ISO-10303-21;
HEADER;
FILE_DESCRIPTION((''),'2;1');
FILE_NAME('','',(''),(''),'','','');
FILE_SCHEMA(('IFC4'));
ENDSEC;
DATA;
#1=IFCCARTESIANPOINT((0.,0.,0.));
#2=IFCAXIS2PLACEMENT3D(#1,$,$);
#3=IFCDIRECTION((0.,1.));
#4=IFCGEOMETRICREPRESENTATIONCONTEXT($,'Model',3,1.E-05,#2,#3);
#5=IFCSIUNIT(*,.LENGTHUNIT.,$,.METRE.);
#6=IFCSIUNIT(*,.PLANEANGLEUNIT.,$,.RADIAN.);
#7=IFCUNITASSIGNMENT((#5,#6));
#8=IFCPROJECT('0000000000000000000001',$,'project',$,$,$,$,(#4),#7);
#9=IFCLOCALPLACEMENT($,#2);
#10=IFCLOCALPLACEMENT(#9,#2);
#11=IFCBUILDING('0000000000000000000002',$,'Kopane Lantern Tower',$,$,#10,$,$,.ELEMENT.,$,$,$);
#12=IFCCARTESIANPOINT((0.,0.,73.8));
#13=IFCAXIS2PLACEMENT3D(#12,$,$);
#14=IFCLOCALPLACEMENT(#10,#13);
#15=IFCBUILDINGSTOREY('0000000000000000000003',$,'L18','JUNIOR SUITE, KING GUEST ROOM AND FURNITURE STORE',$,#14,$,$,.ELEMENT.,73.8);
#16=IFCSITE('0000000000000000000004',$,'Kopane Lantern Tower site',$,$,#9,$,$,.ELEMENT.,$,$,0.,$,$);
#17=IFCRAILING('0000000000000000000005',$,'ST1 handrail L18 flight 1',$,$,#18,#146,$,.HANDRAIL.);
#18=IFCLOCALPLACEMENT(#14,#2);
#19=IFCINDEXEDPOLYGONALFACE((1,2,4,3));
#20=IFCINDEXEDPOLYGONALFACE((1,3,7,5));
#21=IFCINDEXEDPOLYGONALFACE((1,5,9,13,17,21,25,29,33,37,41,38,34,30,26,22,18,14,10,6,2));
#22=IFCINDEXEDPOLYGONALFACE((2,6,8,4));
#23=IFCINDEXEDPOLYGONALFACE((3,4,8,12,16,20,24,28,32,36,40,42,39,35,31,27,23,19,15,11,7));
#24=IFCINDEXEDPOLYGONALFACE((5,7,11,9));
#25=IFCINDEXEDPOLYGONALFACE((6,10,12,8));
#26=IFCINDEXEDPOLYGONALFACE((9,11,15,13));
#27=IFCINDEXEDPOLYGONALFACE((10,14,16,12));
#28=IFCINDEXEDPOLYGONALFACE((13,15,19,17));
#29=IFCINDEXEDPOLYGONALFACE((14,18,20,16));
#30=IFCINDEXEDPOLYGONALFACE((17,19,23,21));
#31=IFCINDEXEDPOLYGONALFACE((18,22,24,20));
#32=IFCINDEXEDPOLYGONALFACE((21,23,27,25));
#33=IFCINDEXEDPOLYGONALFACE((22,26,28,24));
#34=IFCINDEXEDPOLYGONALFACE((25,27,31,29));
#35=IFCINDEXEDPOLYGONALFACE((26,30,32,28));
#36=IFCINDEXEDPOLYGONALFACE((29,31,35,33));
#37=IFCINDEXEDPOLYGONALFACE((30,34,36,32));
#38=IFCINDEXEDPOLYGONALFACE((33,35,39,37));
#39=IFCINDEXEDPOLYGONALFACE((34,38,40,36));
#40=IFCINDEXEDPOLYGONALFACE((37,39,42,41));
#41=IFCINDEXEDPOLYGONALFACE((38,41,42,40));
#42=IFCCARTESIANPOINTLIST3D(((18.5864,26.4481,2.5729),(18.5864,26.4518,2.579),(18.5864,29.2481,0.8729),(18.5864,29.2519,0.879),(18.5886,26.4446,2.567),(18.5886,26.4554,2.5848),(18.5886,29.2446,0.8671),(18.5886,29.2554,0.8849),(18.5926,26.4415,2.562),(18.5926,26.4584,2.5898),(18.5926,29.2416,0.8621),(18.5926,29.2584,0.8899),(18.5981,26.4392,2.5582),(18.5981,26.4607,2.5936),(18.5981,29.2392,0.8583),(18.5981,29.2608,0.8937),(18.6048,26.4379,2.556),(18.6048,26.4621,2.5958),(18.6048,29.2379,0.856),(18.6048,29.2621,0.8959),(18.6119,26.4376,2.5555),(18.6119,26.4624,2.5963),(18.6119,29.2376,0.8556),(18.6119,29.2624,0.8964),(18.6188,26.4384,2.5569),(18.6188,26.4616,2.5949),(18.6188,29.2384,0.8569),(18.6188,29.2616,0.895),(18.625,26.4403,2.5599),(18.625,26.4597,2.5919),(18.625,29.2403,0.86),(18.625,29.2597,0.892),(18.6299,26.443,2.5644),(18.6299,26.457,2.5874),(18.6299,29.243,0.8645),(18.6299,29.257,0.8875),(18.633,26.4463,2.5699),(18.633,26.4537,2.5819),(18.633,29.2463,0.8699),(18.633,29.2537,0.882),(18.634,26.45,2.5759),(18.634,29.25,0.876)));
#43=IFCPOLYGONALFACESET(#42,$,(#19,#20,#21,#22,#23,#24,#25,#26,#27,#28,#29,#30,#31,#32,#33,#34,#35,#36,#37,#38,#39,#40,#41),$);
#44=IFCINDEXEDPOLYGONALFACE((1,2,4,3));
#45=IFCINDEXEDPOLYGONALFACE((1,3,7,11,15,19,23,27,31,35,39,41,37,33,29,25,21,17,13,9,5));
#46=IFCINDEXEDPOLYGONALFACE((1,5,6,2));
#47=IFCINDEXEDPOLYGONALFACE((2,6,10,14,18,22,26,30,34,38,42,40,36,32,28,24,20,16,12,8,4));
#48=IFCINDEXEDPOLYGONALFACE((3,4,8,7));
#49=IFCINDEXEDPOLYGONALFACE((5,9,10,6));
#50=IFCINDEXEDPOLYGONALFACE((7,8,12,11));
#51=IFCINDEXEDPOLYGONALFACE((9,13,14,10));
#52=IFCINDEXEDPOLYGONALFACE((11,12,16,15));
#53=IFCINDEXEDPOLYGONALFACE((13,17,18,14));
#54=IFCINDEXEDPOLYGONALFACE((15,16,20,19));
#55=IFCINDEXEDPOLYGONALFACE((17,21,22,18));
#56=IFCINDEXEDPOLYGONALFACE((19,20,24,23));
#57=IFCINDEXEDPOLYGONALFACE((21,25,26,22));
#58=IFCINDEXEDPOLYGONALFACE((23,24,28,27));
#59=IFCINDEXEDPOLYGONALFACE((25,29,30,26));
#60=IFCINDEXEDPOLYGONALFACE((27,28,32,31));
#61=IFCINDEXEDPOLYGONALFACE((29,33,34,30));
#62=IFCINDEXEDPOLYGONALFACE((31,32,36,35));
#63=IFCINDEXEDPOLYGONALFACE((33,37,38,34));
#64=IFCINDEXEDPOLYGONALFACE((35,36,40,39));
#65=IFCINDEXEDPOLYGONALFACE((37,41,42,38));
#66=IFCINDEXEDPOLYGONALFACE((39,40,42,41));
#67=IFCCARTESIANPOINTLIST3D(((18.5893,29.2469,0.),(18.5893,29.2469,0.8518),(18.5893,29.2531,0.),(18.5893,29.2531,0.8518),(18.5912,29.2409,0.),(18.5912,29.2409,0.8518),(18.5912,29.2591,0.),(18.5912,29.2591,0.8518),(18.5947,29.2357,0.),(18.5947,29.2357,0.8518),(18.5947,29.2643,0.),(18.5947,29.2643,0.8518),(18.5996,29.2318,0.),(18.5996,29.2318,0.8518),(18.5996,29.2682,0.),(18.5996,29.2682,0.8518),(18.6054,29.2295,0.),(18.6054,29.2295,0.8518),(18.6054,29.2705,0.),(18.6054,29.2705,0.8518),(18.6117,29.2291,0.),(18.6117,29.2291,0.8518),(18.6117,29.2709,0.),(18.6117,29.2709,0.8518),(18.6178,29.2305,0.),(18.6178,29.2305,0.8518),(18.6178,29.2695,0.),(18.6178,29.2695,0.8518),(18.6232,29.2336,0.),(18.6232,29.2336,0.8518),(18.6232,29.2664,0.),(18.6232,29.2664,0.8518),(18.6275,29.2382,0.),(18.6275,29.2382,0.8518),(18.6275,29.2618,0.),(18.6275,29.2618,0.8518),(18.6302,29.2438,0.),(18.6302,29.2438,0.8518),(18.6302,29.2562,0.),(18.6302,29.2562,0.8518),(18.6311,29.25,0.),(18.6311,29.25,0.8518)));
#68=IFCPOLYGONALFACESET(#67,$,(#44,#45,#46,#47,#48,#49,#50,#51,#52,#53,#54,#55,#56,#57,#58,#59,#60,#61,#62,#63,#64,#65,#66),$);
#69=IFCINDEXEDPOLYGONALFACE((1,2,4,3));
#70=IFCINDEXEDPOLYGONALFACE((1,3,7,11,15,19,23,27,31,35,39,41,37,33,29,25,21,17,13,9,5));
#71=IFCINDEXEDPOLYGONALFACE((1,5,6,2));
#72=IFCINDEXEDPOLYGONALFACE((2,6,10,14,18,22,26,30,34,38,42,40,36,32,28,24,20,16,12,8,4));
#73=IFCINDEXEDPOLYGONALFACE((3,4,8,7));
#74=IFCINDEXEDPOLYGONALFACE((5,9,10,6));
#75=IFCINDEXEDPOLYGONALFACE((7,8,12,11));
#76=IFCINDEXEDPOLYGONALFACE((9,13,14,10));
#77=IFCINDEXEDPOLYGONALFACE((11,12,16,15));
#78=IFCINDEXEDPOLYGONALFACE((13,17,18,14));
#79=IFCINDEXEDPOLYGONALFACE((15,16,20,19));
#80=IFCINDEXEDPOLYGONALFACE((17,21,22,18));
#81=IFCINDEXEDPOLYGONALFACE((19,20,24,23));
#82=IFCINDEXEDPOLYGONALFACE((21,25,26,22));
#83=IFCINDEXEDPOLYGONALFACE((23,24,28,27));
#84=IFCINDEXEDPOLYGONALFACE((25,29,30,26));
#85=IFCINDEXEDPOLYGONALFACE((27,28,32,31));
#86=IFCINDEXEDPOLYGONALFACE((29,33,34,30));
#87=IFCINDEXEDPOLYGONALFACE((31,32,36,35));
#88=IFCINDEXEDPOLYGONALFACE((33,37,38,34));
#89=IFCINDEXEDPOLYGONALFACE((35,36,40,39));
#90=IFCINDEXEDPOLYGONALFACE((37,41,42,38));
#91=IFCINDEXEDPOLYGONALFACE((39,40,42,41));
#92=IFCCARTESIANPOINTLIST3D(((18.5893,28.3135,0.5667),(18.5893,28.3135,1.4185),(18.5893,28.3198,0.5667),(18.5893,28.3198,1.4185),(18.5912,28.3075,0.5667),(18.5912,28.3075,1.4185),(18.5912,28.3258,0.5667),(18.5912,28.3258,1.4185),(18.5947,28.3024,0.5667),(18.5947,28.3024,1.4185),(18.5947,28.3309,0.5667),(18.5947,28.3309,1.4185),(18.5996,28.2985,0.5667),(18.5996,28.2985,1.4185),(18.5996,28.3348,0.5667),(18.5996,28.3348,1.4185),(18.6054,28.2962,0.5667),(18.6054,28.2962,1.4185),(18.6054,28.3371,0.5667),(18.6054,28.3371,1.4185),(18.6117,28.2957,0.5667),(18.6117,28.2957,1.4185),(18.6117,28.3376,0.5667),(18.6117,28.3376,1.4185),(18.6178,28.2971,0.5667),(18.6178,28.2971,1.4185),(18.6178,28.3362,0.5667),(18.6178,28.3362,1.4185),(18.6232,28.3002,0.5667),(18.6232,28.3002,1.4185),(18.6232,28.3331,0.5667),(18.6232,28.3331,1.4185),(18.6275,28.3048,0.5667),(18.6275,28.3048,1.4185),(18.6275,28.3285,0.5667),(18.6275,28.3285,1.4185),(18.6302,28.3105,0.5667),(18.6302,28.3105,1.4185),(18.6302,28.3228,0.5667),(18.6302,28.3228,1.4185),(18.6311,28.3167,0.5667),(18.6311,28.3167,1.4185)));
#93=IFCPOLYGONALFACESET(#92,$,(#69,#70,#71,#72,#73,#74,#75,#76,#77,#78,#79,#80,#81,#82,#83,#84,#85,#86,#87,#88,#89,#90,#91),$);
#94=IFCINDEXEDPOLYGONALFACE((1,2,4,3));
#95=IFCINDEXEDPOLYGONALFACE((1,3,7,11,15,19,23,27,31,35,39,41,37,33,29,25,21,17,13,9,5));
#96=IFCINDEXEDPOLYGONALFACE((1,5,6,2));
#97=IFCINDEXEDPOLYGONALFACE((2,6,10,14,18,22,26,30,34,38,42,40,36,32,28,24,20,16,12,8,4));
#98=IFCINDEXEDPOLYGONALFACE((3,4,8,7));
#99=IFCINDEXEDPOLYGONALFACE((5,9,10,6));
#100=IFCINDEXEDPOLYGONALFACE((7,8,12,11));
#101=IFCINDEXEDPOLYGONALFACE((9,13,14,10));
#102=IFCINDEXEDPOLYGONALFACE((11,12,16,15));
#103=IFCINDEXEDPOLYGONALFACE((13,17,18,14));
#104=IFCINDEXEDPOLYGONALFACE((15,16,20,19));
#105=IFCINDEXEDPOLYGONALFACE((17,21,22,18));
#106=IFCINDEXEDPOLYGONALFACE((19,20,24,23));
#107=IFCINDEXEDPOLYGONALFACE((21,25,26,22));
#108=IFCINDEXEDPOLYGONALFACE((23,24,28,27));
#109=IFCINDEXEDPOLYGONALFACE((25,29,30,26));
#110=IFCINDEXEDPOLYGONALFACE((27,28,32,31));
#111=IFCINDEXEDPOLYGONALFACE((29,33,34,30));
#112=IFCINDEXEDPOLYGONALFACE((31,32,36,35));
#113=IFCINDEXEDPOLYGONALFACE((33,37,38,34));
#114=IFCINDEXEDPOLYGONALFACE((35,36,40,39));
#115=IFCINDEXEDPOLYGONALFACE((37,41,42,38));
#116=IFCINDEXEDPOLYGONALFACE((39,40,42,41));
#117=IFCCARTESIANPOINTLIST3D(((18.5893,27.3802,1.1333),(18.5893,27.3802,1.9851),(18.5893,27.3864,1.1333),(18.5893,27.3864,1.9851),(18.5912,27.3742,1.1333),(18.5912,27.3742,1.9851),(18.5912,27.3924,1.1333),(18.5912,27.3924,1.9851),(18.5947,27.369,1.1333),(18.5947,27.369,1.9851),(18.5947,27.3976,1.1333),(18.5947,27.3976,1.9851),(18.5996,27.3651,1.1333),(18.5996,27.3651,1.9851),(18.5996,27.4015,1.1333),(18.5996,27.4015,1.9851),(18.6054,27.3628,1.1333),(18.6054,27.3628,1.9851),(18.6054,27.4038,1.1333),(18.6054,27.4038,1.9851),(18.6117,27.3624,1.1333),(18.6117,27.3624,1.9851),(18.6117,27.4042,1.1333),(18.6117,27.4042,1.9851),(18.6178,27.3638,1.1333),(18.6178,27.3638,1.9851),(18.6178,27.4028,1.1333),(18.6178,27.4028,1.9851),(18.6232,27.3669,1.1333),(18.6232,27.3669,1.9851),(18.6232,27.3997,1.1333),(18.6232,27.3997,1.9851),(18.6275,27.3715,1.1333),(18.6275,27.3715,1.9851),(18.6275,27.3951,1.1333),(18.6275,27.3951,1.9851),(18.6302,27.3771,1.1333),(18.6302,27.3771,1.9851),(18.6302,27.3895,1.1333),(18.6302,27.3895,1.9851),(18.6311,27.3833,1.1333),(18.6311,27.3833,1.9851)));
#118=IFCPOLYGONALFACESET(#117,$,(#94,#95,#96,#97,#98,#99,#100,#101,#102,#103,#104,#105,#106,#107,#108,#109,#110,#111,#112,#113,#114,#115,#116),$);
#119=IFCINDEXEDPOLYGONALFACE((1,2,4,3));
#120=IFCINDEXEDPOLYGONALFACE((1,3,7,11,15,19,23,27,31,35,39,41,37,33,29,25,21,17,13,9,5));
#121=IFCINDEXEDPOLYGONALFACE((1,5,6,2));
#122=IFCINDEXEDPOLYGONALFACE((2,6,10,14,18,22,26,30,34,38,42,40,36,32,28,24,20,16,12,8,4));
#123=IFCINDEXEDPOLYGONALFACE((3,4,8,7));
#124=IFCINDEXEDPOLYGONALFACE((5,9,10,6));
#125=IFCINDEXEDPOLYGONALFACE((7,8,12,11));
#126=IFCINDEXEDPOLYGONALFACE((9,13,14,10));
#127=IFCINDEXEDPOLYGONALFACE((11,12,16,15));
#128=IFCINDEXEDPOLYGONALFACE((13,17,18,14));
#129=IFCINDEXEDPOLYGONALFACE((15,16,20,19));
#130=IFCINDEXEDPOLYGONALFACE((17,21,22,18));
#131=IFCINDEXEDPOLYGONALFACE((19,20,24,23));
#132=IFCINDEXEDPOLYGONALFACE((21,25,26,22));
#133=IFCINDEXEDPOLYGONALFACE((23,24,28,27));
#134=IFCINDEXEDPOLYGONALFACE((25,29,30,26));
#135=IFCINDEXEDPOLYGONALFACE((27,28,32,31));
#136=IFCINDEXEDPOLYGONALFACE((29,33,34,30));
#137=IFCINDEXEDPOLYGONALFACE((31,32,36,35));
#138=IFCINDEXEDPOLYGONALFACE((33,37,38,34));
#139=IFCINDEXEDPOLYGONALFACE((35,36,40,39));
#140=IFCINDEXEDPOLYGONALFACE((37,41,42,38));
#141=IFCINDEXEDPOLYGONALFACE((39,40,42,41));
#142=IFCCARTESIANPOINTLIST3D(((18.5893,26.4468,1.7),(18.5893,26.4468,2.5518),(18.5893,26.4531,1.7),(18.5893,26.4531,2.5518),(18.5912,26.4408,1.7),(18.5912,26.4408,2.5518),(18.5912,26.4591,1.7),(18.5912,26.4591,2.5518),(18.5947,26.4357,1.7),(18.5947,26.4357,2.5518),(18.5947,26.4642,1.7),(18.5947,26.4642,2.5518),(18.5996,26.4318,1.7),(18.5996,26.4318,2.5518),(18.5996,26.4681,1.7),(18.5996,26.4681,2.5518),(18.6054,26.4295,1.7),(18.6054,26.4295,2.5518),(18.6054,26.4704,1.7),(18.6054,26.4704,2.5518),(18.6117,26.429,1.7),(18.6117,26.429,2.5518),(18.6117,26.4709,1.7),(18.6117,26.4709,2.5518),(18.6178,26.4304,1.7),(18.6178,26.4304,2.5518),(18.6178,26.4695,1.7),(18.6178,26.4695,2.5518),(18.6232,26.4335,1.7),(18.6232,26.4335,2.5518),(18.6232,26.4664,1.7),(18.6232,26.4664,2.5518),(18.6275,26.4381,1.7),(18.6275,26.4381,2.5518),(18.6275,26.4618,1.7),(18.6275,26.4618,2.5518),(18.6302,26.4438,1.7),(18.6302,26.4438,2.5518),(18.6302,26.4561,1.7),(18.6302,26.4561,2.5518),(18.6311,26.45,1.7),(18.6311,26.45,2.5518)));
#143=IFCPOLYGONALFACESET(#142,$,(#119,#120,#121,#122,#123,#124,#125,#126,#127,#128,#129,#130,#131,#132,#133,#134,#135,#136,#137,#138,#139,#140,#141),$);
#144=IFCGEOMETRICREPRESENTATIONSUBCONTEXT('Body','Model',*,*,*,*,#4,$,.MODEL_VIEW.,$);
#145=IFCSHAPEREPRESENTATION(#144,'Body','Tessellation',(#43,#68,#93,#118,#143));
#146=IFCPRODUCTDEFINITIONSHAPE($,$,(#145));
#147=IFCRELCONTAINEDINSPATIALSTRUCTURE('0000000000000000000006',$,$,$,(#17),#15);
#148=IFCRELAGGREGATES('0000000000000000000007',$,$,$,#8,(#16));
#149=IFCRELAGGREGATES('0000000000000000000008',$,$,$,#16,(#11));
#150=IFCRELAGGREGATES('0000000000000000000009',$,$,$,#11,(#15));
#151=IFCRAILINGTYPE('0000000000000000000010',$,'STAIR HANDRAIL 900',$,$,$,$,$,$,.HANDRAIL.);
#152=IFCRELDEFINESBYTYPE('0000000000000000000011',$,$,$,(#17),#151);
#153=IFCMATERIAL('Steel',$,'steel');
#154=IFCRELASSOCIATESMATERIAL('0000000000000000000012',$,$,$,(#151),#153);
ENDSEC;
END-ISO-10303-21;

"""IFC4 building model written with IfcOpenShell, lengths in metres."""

from ifc_helpers import new_model, si_unit, direction, frame, origin, origin_2d, place, context, subcontext, project, spatial, circle, extrude, material, type_object, element, save


model = new_model("IFC4")

# Units and contexts
model_context = context("Model", 3, precision=1e-05, world=origin(), true_north=direction((0.0, 1.0)))
body_context = subcontext(model_context, "Body", "Model", "MODEL_VIEW")
ifc_project = project(units=[si_unit("LENGTHUNIT", "METRE"), si_unit("PLANEANGLEUNIT", "RADIAN")], contexts=[model_context])

# Site, building, storey
site_placement = place(None, origin())
site = spatial("IfcSite", under=ifc_project, at=site_placement, Name="Kopane Lantern Tower site", CompositionType="ELEMENT", RefElevation=0.0)
building_placement = place(site_placement, origin())
building = spatial("IfcBuilding", under=site, at=building_placement, Name="Kopane Lantern Tower", CompositionType="ELEMENT")
storey_placement = place(building_placement, frame((0.0, 0.0, 73.8)))
storey = spatial("IfcBuildingStorey", under=building, at=storey_placement, Name="L18", Description="JUNIOR SUITE, KING GUEST ROOM AND FURNITURE STORE", CompositionType="ELEMENT", Elevation=73.8)

# Railing
ifc_material_1 = material(Name="Steel", Category="steel")
railing_type_1 = type_object("IfcRailingType", Name="STAIR HANDRAIL 900", PredefinedType="HANDRAIL", material=ifc_material_1)
for number, where, name in (
    (1, (18.6101, 29.25, 0.0), "ST1 handrail L18 flight 1"),
):
    element("IfcRailing", number, at=place(storey_placement, frame(where)), inside=storey, type_object=railing_type_1, Name=name, PredefinedType="HANDRAIL", context=body_context, shape_type="SweptSolid", body=[
        extrude(circle(Radius=0.0239, at=origin_2d()), frame((0.0, 0.0, 0.876), z_axis=(0.0, -0.854798, 0.518961), x_axis=(1.0, 0.0, 0.0)), (0.0, 0.0, 1.0), 3.2756),
        extrude(circle(Radius=0.021, at=origin_2d()), origin(), (0.0, 0.0, 1.0), 0.8518),
        extrude(circle(Radius=0.021, at=origin_2d()), frame((0.0, -0.9333, 0.5667)), (0.0, 0.0, 1.0), 0.8518),
        extrude(circle(Radius=0.021, at=origin_2d()), frame((0.0, -1.8667, 1.1333)), (0.0, 0.0, 1.0), 0.8518),
        extrude(circle(Radius=0.021, at=origin_2d()), frame((0.0, -2.8, 1.7)), (0.0, 0.0, 1.0), 0.8518),
    ])

save(model, "model.ifc")
